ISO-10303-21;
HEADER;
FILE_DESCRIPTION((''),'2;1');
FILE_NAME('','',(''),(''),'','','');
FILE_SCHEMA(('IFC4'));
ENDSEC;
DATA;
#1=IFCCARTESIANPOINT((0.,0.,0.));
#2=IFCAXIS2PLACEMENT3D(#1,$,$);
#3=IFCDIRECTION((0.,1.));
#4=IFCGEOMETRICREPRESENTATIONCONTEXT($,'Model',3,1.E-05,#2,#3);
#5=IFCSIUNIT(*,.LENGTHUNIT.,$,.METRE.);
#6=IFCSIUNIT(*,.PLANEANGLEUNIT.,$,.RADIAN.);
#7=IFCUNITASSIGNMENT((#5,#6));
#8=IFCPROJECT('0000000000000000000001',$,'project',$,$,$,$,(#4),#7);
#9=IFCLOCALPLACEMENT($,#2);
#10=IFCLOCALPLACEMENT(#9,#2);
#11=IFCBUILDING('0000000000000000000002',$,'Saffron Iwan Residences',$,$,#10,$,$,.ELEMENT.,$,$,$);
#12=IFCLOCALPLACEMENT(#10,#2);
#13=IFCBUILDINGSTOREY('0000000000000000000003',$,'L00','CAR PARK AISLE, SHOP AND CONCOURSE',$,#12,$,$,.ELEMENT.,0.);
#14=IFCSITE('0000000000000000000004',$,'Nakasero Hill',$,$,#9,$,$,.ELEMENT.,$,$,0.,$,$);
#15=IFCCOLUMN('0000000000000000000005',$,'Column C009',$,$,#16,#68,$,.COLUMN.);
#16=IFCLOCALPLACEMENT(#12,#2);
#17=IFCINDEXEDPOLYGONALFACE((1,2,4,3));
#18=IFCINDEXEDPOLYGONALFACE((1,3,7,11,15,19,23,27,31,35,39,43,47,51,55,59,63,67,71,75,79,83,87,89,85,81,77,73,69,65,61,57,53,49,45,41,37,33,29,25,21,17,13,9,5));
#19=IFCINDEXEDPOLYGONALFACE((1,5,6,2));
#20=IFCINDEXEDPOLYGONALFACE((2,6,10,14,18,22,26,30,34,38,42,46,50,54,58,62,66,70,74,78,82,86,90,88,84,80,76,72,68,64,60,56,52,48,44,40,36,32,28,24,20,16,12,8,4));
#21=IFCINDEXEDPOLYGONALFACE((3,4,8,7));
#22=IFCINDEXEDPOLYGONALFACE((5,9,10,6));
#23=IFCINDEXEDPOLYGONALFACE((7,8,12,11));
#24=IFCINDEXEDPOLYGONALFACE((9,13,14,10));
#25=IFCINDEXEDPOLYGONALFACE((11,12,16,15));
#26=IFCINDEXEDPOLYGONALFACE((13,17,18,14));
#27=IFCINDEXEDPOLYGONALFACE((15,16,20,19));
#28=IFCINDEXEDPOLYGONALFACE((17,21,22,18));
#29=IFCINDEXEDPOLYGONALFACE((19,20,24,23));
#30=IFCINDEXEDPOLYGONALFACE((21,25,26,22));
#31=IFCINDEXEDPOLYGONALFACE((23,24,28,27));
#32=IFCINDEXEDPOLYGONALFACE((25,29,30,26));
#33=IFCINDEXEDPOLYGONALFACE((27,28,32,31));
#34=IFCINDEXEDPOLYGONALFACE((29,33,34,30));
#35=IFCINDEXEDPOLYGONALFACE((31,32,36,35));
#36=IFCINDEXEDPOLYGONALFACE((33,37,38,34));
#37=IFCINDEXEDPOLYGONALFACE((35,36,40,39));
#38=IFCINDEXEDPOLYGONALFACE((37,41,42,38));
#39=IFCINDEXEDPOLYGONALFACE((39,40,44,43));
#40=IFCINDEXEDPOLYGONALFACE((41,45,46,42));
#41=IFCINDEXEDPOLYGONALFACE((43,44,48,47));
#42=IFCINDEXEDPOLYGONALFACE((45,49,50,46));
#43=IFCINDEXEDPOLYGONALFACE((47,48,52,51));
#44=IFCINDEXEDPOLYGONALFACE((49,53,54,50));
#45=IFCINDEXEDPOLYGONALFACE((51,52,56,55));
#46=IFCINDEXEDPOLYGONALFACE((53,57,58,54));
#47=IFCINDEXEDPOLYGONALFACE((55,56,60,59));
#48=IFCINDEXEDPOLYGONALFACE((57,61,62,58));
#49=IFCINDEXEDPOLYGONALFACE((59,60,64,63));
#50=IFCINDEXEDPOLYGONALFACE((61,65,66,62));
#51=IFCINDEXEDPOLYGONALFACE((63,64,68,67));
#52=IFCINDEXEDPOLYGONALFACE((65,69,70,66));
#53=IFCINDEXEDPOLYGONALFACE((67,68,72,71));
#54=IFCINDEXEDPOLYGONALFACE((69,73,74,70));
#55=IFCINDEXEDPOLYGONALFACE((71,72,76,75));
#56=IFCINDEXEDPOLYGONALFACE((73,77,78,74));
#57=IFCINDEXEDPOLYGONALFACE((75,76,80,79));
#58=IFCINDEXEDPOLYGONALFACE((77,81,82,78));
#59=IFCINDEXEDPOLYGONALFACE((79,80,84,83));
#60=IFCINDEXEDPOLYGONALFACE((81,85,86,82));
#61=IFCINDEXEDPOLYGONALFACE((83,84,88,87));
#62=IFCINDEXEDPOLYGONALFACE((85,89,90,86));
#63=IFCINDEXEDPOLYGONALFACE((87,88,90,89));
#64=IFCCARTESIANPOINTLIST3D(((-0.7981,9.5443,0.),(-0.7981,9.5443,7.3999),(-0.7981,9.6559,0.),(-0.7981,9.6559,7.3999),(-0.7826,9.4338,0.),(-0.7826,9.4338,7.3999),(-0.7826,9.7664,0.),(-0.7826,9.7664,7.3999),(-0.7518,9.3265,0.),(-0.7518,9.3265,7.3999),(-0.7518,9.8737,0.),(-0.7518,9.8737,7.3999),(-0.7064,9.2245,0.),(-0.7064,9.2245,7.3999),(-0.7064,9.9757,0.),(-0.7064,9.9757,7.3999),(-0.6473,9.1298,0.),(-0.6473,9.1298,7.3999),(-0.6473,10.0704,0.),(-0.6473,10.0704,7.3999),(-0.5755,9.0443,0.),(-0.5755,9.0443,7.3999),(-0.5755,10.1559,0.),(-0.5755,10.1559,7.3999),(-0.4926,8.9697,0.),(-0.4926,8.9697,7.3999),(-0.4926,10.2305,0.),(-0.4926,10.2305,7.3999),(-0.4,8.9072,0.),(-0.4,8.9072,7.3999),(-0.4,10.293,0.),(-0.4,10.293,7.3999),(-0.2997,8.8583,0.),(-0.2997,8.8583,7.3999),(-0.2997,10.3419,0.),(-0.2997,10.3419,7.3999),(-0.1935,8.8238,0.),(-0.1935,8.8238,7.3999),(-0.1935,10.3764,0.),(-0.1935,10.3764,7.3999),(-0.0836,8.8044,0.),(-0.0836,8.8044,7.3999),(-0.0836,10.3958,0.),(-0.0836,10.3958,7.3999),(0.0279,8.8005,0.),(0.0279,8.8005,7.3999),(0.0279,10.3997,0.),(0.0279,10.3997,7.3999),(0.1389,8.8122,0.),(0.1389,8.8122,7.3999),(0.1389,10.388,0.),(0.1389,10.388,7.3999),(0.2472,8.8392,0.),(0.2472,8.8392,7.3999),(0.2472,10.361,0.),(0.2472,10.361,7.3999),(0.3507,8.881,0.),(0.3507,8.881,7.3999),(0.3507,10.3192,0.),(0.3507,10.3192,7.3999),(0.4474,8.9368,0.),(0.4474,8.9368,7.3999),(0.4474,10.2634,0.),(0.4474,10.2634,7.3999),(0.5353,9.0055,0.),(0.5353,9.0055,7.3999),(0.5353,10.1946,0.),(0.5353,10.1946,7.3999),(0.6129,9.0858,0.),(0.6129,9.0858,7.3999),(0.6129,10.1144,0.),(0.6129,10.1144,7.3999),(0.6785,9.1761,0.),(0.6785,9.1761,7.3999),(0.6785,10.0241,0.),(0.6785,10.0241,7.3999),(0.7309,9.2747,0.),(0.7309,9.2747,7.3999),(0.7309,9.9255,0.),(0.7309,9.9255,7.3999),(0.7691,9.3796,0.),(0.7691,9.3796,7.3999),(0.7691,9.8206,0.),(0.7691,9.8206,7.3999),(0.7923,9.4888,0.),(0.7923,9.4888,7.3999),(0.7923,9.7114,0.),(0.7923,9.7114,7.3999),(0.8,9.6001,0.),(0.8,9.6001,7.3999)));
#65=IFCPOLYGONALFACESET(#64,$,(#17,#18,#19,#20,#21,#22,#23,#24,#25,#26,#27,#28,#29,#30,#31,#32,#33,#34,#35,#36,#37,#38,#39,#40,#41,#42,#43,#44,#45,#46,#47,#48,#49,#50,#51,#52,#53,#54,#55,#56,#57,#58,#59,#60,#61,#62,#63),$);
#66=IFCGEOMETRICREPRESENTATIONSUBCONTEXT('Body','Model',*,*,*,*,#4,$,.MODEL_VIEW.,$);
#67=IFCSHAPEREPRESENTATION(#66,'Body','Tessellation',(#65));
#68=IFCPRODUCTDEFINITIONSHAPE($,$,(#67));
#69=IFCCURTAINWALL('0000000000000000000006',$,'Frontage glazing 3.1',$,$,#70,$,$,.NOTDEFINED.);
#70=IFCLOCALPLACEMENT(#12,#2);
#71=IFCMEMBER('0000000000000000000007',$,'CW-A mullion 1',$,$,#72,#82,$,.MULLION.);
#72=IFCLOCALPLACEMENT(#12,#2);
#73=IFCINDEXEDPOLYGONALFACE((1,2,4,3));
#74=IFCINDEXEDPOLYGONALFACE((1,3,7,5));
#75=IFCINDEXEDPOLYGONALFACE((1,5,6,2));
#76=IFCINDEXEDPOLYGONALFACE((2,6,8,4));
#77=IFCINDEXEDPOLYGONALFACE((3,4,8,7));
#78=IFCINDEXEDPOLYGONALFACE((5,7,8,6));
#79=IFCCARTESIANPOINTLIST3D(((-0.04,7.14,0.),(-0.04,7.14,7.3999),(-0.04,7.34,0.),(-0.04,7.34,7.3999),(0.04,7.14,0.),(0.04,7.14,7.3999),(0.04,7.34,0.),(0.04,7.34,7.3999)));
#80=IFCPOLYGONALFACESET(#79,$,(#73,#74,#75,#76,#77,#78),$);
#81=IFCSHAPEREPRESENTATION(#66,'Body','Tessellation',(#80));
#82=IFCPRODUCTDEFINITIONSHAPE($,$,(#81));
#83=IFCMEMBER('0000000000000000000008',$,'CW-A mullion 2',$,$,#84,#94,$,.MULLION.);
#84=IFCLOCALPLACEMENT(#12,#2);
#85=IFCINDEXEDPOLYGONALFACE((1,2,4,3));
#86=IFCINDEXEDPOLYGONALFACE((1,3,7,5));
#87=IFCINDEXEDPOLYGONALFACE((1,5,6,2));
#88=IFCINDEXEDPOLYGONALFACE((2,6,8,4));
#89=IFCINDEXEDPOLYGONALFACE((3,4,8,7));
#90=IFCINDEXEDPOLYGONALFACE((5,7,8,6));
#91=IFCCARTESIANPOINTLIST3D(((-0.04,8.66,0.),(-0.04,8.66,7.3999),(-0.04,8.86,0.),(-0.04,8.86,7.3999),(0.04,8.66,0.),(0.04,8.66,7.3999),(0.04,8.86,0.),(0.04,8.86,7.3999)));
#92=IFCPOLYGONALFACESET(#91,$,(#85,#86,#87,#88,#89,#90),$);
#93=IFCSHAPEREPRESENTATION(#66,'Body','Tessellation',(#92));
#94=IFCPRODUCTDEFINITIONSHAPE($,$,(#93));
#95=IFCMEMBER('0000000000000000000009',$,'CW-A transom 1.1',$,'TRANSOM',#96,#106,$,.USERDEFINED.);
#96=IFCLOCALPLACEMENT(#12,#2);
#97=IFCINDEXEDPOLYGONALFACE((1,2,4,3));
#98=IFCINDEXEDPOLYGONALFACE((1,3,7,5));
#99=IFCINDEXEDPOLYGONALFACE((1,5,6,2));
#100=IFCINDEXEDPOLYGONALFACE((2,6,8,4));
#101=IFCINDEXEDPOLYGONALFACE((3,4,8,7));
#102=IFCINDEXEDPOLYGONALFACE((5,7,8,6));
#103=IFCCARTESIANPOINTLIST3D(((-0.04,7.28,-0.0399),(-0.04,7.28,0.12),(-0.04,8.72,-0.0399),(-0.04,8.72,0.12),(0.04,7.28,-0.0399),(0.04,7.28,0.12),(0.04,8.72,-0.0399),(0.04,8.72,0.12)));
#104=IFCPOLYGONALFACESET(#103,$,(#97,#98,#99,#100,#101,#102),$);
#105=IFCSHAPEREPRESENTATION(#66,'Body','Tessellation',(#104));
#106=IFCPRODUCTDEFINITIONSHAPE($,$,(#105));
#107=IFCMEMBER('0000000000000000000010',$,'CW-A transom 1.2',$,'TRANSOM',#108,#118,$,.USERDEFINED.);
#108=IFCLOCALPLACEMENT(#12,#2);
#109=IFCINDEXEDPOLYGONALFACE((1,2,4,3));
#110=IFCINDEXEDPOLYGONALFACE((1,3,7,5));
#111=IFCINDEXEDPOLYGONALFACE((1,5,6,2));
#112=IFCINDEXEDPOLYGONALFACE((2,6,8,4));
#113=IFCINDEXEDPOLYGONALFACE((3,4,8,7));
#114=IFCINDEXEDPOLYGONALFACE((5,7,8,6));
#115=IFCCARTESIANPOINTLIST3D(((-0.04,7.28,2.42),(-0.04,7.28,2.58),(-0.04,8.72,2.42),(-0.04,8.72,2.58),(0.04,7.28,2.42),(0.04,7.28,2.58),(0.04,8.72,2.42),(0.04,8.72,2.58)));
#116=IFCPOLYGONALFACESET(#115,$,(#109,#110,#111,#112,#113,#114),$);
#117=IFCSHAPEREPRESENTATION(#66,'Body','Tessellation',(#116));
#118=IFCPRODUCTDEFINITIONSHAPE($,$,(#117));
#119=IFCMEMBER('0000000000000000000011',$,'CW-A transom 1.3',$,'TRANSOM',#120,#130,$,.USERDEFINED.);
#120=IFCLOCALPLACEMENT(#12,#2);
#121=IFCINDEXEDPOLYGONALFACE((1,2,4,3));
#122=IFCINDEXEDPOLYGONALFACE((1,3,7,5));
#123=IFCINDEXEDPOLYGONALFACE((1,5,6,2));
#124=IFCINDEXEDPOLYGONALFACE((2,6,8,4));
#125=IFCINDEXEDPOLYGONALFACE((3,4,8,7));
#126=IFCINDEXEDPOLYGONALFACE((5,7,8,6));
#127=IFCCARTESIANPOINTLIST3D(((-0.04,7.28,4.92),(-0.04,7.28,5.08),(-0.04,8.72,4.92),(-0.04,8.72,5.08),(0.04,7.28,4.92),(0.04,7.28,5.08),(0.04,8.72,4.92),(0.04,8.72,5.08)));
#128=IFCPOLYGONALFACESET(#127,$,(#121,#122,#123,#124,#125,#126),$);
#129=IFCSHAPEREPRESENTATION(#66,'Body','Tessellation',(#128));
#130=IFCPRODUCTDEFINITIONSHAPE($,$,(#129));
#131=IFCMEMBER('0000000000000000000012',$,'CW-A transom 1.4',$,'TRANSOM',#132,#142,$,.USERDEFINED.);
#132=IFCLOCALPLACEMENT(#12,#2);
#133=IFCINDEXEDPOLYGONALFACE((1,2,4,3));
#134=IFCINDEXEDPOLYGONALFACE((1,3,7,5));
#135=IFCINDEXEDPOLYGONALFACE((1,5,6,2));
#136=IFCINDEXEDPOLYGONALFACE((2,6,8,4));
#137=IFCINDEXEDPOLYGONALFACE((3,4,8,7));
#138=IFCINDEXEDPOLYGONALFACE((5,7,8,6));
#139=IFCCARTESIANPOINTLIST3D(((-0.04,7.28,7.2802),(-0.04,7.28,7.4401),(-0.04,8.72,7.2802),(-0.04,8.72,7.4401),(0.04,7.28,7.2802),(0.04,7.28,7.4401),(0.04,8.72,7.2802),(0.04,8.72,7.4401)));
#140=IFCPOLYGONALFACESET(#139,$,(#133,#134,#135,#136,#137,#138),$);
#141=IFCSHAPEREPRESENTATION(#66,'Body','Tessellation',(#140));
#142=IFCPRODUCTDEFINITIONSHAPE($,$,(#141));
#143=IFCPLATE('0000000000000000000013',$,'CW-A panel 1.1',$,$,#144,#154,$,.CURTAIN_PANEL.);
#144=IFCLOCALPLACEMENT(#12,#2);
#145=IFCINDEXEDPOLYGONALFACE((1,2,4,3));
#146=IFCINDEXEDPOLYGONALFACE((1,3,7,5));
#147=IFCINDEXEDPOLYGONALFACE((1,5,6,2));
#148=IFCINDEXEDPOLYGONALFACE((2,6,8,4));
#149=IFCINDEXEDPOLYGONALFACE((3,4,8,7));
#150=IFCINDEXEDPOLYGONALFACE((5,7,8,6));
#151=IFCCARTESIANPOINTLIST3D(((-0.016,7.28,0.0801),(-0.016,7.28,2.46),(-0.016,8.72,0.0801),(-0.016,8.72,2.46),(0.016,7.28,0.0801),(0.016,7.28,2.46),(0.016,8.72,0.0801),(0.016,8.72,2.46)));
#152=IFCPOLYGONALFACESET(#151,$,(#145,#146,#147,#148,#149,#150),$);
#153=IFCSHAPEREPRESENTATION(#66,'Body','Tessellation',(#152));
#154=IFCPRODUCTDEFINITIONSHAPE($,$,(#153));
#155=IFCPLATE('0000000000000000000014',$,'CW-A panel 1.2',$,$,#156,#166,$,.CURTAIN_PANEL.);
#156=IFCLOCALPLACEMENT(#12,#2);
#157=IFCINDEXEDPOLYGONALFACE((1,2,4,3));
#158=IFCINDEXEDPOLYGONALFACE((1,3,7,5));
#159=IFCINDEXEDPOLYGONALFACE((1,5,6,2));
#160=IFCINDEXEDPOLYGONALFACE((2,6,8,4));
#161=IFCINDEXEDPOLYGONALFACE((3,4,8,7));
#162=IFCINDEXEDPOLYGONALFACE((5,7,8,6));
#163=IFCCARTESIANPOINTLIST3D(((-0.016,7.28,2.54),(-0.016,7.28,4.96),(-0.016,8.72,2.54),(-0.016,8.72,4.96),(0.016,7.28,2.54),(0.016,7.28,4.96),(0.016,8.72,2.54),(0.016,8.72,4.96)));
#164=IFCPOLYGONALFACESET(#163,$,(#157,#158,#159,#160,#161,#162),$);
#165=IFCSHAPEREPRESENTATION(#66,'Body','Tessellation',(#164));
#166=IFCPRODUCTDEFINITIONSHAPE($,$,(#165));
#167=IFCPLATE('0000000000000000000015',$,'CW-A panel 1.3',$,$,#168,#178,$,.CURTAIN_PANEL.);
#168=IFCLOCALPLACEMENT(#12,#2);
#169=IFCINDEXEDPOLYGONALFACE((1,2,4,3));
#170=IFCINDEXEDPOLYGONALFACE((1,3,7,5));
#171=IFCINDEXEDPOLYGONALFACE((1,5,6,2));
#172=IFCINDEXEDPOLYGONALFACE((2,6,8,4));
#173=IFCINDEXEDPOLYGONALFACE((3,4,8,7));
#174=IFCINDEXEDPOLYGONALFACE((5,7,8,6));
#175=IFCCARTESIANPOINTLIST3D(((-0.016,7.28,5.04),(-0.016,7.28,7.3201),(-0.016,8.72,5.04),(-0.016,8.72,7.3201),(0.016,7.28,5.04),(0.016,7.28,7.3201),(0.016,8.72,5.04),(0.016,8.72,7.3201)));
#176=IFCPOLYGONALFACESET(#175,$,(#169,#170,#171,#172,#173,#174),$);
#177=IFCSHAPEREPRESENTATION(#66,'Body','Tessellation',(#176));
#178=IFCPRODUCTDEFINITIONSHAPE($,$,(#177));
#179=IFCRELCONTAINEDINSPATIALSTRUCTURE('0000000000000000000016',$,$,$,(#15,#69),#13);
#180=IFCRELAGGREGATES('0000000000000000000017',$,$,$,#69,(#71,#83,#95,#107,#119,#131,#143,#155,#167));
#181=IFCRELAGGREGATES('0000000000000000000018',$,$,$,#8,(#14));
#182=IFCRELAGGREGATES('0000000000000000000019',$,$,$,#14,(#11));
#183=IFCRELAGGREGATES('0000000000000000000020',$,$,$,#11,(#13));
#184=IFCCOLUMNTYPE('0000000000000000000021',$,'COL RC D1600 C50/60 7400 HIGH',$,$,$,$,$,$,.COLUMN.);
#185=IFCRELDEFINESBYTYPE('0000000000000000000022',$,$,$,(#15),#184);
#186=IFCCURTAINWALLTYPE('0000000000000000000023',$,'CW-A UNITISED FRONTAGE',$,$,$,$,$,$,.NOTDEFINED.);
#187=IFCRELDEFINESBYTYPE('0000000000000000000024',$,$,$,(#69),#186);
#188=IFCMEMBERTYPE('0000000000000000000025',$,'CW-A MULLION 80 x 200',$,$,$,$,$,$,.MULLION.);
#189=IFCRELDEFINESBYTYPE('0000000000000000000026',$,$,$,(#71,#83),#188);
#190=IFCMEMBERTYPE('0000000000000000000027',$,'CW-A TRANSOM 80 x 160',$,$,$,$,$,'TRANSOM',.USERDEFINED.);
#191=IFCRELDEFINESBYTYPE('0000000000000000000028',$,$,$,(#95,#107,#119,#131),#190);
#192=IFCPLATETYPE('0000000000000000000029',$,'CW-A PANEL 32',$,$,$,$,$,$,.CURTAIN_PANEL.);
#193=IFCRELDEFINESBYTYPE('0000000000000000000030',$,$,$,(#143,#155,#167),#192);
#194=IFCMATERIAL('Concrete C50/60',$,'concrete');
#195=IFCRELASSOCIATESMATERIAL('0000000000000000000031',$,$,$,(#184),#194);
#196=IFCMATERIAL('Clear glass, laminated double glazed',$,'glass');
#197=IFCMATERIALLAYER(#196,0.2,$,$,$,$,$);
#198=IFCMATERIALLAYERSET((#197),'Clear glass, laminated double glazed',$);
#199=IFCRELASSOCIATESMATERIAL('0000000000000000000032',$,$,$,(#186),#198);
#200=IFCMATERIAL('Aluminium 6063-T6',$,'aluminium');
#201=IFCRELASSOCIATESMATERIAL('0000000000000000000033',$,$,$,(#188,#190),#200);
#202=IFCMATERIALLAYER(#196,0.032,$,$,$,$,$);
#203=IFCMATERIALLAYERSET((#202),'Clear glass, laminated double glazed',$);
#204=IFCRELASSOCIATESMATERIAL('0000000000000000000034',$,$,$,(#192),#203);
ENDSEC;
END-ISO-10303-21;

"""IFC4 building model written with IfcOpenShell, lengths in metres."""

from ifc_helpers import new_model, si_unit, direction, frame, origin, origin_2d, place, context, subcontext, project, spatial, rectangle, circle, extrude, source, transform, mapped, material, layer, layer_set, material_profile, profile_set, type_object, element, aggregate, save


model = new_model("IFC4")

# Units and contexts
model_context = context("Model", 3, precision=1e-05, world=origin(), true_north=direction((0.0, 1.0)))
body_context = subcontext(model_context, "Body", "Model", "MODEL_VIEW")
ifc_project = project(units=[si_unit("LENGTHUNIT", "METRE"), si_unit("PLANEANGLEUNIT", "RADIAN")], contexts=[model_context])

# Site, building, storey
site_placement = place(None, origin())
site = spatial("IfcSite", under=ifc_project, at=site_placement, Name="Nakasero Hill", CompositionType="ELEMENT", RefElevation=0.0)
building_placement = place(site_placement, origin())
building = spatial("IfcBuilding", under=site, at=building_placement, Name="Saffron Iwan Residences", CompositionType="ELEMENT")
storey_placement = place(building_placement, origin())
storey = spatial("IfcBuildingStorey", under=building, at=storey_placement, Name="L00", Description="CAR PARK AISLE, SHOP AND CONCOURSE", CompositionType="ELEMENT", Elevation=0.0)

# Column
ifc_material_1 = material(Name="Concrete C50/60", Category="concrete")
ifc_material_profile_1 = material_profile(ifc_material_1, circle(Radius=0.8, at=origin_2d()), Name="RC D1600")
ifc_profile_set_1 = profile_set([ifc_material_profile_1], Name="Concrete C50/60")
column_type = type_object("IfcColumnType", Name="COL RC D1600 C50/60 7400 HIGH", PredefinedType="COLUMN", material=ifc_profile_set_1)
shared_shape_1 = source(origin(), body_context, "Body", "SweptSolid", [
    extrude(circle(Radius=0.8, at=origin_2d()), origin(), (0.0, 0.0, 1.0), 7.3999),
])
column_placement = place(storey_placement, frame((0.0, 9.6001, 0.0), z_axis=(0.0, 0.0, 1.0), x_axis=(1.0, 0.0, 0.0)))
element("IfcColumn", 1, at=column_placement, inside=storey, type_object=column_type, Name="Column C009", PredefinedType="COLUMN", context=body_context, shape_type="MappedRepresentation", body=[
    mapped(shared_shape_1, transform((0.0, 0.0, 0.0))),
])

# Curtain wall, members, plates
ifc_material_2 = material(Name="Clear glass, laminated double glazed", Category="glass")
ifc_layer_1 = layer(ifc_material_2, 0.2)
ifc_layer_set_1 = layer_set([ifc_layer_1], Name="Clear glass, laminated double glazed")
curtain_wall_type = type_object("IfcCurtainWallType", Name="CW-A UNITISED FRONTAGE", PredefinedType="NOTDEFINED", material=ifc_layer_set_1)
curtain_wall_placement = place(storey_placement, origin())
curtain_wall = element("IfcCurtainWall", 2, at=curtain_wall_placement, inside=storey, type_object=curtain_wall_type, Name="Frontage glazing 3.1", PredefinedType="NOTDEFINED")
ifc_material_3 = material(Name="Aluminium 6063-T6", Category="aluminium")
ifc_material_profile_2 = material_profile(ifc_material_3, rectangle(XDim=0.0801, YDim=0.2, at=origin_2d()), Name="CW-A MULLION 80 x 200")
ifc_profile_set_2 = profile_set([ifc_material_profile_2], Name="Aluminium 6063-T6")
member_type_1 = type_object("IfcMemberType", Name="CW-A MULLION 80 x 200", PredefinedType="MULLION", material=ifc_profile_set_2)
shared_shape_2 = source(origin(), body_context, "Body", "SweptSolid", [
    extrude(rectangle(XDim=0.0801, YDim=0.2, at=origin_2d()), origin(), (0.0, 0.0, 1.0), 7.3999),
])
member_1_placement = place(storey_placement, frame((0.0, 7.24, 0.0), z_axis=(0.0, 0.0, 1.0), x_axis=(-1.0, 0.0, 0.0)))
member_1 = element("IfcMember", 3, at=member_1_placement, type_object=member_type_1, Name="CW-A mullion 1", PredefinedType="MULLION", context=body_context, shape_type="MappedRepresentation", body=[
    mapped(shared_shape_2, transform((0.0, 0.0, 0.0))),
])
member_2_placement = place(storey_placement, frame((0.0, 8.76, 0.0), z_axis=(0.0, 0.0, 1.0), x_axis=(-1.0, 0.0, 0.0)))
member_2 = element("IfcMember", 4, at=member_2_placement, type_object=member_type_1, Name="CW-A mullion 2", PredefinedType="MULLION", context=body_context, shape_type="MappedRepresentation", body=[
    mapped(shared_shape_2, transform((0.0, 0.0, 0.0))),
])
ifc_material_profile_3 = material_profile(ifc_material_3, rectangle(XDim=0.0801, YDim=0.1599, at=origin_2d()), Name="CW-A TRANSOM 80 x 160")
ifc_profile_set_3 = profile_set([ifc_material_profile_3], Name="Aluminium 6063-T6")
member_type_2 = type_object("IfcMemberType", Name="CW-A TRANSOM 80 x 160", ElementType="TRANSOM", PredefinedType="USERDEFINED", material=ifc_profile_set_3)
shared_shape_3 = source(origin(), body_context, "Body", "SweptSolid", [
    extrude(rectangle(XDim=0.0801, YDim=0.1599, at=origin_2d()), origin(), (0.0, 0.0, 1.0), 1.4399),
])
member_3_placement = place(storey_placement, frame((0.0, 7.28, 0.04), z_axis=(0.0, 1.0, 0.0), x_axis=(-1.0, 0.0, 0.0)))
member_3 = element("IfcMember", 5, at=member_3_placement, type_object=member_type_2, Name="CW-A transom 1.1", ObjectType="TRANSOM", PredefinedType="USERDEFINED", context=body_context, shape_type="MappedRepresentation", body=[
    mapped(shared_shape_3, transform((0.0, 0.0, 0.0))),
])
member_4_placement = place(storey_placement, frame((0.0, 7.28, 2.5), z_axis=(0.0, 1.0, 0.0), x_axis=(-1.0, 0.0, 0.0)))
member_4 = element("IfcMember", 6, at=member_4_placement, type_object=member_type_2, Name="CW-A transom 1.2", ObjectType="TRANSOM", PredefinedType="USERDEFINED", context=body_context, shape_type="MappedRepresentation", body=[
    mapped(shared_shape_3, transform((0.0, 0.0, 0.0))),
])
member_5_placement = place(storey_placement, frame((0.0, 7.28, 5.0), z_axis=(0.0, 1.0, 0.0), x_axis=(-1.0, 0.0, 0.0)))
member_5 = element("IfcMember", 7, at=member_5_placement, type_object=member_type_2, Name="CW-A transom 1.3", ObjectType="TRANSOM", PredefinedType="USERDEFINED", context=body_context, shape_type="MappedRepresentation", body=[
    mapped(shared_shape_3, transform((0.0, 0.0, 0.0))),
])
member_6_placement = place(storey_placement, frame((0.0, 7.28, 7.3601), z_axis=(0.0, 1.0, 0.0), x_axis=(-1.0, 0.0, 0.0)))
member_6 = element("IfcMember", 8, at=member_6_placement, type_object=member_type_2, Name="CW-A transom 1.4", ObjectType="TRANSOM", PredefinedType="USERDEFINED", context=body_context, shape_type="MappedRepresentation", body=[
    mapped(shared_shape_3, transform((0.0, 0.0, 0.0))),
])
ifc_layer_2 = layer(ifc_material_2, 0.032)
ifc_layer_set_2 = layer_set([ifc_layer_2], Name="Clear glass, laminated double glazed")
plate_type = type_object("IfcPlateType", Name="CW-A PANEL 32", PredefinedType="CURTAIN_PANEL", material=ifc_layer_set_2)
shared_shape_4 = source(origin(), body_context, "Body", "SweptSolid", [
    extrude(rectangle(XDim=1.4399, YDim=0.032, at=origin_2d()), origin(), (0.0, 0.0, 1.0), 2.3799),
])
plate_1_placement = place(storey_placement, frame((0.0, 8.0, 0.0801), z_axis=(0.0, 0.0, 1.0), x_axis=(0.0, 1.0, 0.0)))
plate_1 = element("IfcPlate", 9, at=plate_1_placement, type_object=plate_type, Name="CW-A panel 1.1", PredefinedType="CURTAIN_PANEL", context=body_context, shape_type="MappedRepresentation", body=[
    mapped(shared_shape_4, transform((0.0, 0.0, 0.0))),
])
shared_shape_5 = source(origin(), body_context, "Body", "SweptSolid", [
    extrude(rectangle(XDim=1.4399, YDim=0.032, at=origin_2d()), origin(), (0.0, 0.0, 1.0), 2.4199),
])
plate_2_placement = place(storey_placement, frame((0.0, 8.0, 2.54), z_axis=(0.0, 0.0, 1.0), x_axis=(0.0, 1.0, 0.0)))
plate_2 = element("IfcPlate", 10, at=plate_2_placement, type_object=plate_type, Name="CW-A panel 1.2", PredefinedType="CURTAIN_PANEL", context=body_context, shape_type="MappedRepresentation", body=[
    mapped(shared_shape_5, transform((0.0, 0.0, 0.0))),
])
shared_shape_6 = source(origin(), body_context, "Body", "SweptSolid", [
    extrude(rectangle(XDim=1.4399, YDim=0.032, at=origin_2d()), origin(), (0.0, 0.0, 1.0), 2.28),
])
plate_3_placement = place(storey_placement, frame((0.0, 8.0, 5.04), z_axis=(0.0, 0.0, 1.0), x_axis=(0.0, 1.0, 0.0)))
plate_3 = element("IfcPlate", 11, at=plate_3_placement, type_object=plate_type, Name="CW-A panel 1.3", PredefinedType="CURTAIN_PANEL", context=body_context, shape_type="MappedRepresentation", body=[
    mapped(shared_shape_6, transform((0.0, 0.0, 0.0))),
])
aggregate(curtain_wall, [member_1, member_2, member_3, member_4, member_5, member_6, plate_1, plate_2, plate_3])

save(model, "model.ifc")
